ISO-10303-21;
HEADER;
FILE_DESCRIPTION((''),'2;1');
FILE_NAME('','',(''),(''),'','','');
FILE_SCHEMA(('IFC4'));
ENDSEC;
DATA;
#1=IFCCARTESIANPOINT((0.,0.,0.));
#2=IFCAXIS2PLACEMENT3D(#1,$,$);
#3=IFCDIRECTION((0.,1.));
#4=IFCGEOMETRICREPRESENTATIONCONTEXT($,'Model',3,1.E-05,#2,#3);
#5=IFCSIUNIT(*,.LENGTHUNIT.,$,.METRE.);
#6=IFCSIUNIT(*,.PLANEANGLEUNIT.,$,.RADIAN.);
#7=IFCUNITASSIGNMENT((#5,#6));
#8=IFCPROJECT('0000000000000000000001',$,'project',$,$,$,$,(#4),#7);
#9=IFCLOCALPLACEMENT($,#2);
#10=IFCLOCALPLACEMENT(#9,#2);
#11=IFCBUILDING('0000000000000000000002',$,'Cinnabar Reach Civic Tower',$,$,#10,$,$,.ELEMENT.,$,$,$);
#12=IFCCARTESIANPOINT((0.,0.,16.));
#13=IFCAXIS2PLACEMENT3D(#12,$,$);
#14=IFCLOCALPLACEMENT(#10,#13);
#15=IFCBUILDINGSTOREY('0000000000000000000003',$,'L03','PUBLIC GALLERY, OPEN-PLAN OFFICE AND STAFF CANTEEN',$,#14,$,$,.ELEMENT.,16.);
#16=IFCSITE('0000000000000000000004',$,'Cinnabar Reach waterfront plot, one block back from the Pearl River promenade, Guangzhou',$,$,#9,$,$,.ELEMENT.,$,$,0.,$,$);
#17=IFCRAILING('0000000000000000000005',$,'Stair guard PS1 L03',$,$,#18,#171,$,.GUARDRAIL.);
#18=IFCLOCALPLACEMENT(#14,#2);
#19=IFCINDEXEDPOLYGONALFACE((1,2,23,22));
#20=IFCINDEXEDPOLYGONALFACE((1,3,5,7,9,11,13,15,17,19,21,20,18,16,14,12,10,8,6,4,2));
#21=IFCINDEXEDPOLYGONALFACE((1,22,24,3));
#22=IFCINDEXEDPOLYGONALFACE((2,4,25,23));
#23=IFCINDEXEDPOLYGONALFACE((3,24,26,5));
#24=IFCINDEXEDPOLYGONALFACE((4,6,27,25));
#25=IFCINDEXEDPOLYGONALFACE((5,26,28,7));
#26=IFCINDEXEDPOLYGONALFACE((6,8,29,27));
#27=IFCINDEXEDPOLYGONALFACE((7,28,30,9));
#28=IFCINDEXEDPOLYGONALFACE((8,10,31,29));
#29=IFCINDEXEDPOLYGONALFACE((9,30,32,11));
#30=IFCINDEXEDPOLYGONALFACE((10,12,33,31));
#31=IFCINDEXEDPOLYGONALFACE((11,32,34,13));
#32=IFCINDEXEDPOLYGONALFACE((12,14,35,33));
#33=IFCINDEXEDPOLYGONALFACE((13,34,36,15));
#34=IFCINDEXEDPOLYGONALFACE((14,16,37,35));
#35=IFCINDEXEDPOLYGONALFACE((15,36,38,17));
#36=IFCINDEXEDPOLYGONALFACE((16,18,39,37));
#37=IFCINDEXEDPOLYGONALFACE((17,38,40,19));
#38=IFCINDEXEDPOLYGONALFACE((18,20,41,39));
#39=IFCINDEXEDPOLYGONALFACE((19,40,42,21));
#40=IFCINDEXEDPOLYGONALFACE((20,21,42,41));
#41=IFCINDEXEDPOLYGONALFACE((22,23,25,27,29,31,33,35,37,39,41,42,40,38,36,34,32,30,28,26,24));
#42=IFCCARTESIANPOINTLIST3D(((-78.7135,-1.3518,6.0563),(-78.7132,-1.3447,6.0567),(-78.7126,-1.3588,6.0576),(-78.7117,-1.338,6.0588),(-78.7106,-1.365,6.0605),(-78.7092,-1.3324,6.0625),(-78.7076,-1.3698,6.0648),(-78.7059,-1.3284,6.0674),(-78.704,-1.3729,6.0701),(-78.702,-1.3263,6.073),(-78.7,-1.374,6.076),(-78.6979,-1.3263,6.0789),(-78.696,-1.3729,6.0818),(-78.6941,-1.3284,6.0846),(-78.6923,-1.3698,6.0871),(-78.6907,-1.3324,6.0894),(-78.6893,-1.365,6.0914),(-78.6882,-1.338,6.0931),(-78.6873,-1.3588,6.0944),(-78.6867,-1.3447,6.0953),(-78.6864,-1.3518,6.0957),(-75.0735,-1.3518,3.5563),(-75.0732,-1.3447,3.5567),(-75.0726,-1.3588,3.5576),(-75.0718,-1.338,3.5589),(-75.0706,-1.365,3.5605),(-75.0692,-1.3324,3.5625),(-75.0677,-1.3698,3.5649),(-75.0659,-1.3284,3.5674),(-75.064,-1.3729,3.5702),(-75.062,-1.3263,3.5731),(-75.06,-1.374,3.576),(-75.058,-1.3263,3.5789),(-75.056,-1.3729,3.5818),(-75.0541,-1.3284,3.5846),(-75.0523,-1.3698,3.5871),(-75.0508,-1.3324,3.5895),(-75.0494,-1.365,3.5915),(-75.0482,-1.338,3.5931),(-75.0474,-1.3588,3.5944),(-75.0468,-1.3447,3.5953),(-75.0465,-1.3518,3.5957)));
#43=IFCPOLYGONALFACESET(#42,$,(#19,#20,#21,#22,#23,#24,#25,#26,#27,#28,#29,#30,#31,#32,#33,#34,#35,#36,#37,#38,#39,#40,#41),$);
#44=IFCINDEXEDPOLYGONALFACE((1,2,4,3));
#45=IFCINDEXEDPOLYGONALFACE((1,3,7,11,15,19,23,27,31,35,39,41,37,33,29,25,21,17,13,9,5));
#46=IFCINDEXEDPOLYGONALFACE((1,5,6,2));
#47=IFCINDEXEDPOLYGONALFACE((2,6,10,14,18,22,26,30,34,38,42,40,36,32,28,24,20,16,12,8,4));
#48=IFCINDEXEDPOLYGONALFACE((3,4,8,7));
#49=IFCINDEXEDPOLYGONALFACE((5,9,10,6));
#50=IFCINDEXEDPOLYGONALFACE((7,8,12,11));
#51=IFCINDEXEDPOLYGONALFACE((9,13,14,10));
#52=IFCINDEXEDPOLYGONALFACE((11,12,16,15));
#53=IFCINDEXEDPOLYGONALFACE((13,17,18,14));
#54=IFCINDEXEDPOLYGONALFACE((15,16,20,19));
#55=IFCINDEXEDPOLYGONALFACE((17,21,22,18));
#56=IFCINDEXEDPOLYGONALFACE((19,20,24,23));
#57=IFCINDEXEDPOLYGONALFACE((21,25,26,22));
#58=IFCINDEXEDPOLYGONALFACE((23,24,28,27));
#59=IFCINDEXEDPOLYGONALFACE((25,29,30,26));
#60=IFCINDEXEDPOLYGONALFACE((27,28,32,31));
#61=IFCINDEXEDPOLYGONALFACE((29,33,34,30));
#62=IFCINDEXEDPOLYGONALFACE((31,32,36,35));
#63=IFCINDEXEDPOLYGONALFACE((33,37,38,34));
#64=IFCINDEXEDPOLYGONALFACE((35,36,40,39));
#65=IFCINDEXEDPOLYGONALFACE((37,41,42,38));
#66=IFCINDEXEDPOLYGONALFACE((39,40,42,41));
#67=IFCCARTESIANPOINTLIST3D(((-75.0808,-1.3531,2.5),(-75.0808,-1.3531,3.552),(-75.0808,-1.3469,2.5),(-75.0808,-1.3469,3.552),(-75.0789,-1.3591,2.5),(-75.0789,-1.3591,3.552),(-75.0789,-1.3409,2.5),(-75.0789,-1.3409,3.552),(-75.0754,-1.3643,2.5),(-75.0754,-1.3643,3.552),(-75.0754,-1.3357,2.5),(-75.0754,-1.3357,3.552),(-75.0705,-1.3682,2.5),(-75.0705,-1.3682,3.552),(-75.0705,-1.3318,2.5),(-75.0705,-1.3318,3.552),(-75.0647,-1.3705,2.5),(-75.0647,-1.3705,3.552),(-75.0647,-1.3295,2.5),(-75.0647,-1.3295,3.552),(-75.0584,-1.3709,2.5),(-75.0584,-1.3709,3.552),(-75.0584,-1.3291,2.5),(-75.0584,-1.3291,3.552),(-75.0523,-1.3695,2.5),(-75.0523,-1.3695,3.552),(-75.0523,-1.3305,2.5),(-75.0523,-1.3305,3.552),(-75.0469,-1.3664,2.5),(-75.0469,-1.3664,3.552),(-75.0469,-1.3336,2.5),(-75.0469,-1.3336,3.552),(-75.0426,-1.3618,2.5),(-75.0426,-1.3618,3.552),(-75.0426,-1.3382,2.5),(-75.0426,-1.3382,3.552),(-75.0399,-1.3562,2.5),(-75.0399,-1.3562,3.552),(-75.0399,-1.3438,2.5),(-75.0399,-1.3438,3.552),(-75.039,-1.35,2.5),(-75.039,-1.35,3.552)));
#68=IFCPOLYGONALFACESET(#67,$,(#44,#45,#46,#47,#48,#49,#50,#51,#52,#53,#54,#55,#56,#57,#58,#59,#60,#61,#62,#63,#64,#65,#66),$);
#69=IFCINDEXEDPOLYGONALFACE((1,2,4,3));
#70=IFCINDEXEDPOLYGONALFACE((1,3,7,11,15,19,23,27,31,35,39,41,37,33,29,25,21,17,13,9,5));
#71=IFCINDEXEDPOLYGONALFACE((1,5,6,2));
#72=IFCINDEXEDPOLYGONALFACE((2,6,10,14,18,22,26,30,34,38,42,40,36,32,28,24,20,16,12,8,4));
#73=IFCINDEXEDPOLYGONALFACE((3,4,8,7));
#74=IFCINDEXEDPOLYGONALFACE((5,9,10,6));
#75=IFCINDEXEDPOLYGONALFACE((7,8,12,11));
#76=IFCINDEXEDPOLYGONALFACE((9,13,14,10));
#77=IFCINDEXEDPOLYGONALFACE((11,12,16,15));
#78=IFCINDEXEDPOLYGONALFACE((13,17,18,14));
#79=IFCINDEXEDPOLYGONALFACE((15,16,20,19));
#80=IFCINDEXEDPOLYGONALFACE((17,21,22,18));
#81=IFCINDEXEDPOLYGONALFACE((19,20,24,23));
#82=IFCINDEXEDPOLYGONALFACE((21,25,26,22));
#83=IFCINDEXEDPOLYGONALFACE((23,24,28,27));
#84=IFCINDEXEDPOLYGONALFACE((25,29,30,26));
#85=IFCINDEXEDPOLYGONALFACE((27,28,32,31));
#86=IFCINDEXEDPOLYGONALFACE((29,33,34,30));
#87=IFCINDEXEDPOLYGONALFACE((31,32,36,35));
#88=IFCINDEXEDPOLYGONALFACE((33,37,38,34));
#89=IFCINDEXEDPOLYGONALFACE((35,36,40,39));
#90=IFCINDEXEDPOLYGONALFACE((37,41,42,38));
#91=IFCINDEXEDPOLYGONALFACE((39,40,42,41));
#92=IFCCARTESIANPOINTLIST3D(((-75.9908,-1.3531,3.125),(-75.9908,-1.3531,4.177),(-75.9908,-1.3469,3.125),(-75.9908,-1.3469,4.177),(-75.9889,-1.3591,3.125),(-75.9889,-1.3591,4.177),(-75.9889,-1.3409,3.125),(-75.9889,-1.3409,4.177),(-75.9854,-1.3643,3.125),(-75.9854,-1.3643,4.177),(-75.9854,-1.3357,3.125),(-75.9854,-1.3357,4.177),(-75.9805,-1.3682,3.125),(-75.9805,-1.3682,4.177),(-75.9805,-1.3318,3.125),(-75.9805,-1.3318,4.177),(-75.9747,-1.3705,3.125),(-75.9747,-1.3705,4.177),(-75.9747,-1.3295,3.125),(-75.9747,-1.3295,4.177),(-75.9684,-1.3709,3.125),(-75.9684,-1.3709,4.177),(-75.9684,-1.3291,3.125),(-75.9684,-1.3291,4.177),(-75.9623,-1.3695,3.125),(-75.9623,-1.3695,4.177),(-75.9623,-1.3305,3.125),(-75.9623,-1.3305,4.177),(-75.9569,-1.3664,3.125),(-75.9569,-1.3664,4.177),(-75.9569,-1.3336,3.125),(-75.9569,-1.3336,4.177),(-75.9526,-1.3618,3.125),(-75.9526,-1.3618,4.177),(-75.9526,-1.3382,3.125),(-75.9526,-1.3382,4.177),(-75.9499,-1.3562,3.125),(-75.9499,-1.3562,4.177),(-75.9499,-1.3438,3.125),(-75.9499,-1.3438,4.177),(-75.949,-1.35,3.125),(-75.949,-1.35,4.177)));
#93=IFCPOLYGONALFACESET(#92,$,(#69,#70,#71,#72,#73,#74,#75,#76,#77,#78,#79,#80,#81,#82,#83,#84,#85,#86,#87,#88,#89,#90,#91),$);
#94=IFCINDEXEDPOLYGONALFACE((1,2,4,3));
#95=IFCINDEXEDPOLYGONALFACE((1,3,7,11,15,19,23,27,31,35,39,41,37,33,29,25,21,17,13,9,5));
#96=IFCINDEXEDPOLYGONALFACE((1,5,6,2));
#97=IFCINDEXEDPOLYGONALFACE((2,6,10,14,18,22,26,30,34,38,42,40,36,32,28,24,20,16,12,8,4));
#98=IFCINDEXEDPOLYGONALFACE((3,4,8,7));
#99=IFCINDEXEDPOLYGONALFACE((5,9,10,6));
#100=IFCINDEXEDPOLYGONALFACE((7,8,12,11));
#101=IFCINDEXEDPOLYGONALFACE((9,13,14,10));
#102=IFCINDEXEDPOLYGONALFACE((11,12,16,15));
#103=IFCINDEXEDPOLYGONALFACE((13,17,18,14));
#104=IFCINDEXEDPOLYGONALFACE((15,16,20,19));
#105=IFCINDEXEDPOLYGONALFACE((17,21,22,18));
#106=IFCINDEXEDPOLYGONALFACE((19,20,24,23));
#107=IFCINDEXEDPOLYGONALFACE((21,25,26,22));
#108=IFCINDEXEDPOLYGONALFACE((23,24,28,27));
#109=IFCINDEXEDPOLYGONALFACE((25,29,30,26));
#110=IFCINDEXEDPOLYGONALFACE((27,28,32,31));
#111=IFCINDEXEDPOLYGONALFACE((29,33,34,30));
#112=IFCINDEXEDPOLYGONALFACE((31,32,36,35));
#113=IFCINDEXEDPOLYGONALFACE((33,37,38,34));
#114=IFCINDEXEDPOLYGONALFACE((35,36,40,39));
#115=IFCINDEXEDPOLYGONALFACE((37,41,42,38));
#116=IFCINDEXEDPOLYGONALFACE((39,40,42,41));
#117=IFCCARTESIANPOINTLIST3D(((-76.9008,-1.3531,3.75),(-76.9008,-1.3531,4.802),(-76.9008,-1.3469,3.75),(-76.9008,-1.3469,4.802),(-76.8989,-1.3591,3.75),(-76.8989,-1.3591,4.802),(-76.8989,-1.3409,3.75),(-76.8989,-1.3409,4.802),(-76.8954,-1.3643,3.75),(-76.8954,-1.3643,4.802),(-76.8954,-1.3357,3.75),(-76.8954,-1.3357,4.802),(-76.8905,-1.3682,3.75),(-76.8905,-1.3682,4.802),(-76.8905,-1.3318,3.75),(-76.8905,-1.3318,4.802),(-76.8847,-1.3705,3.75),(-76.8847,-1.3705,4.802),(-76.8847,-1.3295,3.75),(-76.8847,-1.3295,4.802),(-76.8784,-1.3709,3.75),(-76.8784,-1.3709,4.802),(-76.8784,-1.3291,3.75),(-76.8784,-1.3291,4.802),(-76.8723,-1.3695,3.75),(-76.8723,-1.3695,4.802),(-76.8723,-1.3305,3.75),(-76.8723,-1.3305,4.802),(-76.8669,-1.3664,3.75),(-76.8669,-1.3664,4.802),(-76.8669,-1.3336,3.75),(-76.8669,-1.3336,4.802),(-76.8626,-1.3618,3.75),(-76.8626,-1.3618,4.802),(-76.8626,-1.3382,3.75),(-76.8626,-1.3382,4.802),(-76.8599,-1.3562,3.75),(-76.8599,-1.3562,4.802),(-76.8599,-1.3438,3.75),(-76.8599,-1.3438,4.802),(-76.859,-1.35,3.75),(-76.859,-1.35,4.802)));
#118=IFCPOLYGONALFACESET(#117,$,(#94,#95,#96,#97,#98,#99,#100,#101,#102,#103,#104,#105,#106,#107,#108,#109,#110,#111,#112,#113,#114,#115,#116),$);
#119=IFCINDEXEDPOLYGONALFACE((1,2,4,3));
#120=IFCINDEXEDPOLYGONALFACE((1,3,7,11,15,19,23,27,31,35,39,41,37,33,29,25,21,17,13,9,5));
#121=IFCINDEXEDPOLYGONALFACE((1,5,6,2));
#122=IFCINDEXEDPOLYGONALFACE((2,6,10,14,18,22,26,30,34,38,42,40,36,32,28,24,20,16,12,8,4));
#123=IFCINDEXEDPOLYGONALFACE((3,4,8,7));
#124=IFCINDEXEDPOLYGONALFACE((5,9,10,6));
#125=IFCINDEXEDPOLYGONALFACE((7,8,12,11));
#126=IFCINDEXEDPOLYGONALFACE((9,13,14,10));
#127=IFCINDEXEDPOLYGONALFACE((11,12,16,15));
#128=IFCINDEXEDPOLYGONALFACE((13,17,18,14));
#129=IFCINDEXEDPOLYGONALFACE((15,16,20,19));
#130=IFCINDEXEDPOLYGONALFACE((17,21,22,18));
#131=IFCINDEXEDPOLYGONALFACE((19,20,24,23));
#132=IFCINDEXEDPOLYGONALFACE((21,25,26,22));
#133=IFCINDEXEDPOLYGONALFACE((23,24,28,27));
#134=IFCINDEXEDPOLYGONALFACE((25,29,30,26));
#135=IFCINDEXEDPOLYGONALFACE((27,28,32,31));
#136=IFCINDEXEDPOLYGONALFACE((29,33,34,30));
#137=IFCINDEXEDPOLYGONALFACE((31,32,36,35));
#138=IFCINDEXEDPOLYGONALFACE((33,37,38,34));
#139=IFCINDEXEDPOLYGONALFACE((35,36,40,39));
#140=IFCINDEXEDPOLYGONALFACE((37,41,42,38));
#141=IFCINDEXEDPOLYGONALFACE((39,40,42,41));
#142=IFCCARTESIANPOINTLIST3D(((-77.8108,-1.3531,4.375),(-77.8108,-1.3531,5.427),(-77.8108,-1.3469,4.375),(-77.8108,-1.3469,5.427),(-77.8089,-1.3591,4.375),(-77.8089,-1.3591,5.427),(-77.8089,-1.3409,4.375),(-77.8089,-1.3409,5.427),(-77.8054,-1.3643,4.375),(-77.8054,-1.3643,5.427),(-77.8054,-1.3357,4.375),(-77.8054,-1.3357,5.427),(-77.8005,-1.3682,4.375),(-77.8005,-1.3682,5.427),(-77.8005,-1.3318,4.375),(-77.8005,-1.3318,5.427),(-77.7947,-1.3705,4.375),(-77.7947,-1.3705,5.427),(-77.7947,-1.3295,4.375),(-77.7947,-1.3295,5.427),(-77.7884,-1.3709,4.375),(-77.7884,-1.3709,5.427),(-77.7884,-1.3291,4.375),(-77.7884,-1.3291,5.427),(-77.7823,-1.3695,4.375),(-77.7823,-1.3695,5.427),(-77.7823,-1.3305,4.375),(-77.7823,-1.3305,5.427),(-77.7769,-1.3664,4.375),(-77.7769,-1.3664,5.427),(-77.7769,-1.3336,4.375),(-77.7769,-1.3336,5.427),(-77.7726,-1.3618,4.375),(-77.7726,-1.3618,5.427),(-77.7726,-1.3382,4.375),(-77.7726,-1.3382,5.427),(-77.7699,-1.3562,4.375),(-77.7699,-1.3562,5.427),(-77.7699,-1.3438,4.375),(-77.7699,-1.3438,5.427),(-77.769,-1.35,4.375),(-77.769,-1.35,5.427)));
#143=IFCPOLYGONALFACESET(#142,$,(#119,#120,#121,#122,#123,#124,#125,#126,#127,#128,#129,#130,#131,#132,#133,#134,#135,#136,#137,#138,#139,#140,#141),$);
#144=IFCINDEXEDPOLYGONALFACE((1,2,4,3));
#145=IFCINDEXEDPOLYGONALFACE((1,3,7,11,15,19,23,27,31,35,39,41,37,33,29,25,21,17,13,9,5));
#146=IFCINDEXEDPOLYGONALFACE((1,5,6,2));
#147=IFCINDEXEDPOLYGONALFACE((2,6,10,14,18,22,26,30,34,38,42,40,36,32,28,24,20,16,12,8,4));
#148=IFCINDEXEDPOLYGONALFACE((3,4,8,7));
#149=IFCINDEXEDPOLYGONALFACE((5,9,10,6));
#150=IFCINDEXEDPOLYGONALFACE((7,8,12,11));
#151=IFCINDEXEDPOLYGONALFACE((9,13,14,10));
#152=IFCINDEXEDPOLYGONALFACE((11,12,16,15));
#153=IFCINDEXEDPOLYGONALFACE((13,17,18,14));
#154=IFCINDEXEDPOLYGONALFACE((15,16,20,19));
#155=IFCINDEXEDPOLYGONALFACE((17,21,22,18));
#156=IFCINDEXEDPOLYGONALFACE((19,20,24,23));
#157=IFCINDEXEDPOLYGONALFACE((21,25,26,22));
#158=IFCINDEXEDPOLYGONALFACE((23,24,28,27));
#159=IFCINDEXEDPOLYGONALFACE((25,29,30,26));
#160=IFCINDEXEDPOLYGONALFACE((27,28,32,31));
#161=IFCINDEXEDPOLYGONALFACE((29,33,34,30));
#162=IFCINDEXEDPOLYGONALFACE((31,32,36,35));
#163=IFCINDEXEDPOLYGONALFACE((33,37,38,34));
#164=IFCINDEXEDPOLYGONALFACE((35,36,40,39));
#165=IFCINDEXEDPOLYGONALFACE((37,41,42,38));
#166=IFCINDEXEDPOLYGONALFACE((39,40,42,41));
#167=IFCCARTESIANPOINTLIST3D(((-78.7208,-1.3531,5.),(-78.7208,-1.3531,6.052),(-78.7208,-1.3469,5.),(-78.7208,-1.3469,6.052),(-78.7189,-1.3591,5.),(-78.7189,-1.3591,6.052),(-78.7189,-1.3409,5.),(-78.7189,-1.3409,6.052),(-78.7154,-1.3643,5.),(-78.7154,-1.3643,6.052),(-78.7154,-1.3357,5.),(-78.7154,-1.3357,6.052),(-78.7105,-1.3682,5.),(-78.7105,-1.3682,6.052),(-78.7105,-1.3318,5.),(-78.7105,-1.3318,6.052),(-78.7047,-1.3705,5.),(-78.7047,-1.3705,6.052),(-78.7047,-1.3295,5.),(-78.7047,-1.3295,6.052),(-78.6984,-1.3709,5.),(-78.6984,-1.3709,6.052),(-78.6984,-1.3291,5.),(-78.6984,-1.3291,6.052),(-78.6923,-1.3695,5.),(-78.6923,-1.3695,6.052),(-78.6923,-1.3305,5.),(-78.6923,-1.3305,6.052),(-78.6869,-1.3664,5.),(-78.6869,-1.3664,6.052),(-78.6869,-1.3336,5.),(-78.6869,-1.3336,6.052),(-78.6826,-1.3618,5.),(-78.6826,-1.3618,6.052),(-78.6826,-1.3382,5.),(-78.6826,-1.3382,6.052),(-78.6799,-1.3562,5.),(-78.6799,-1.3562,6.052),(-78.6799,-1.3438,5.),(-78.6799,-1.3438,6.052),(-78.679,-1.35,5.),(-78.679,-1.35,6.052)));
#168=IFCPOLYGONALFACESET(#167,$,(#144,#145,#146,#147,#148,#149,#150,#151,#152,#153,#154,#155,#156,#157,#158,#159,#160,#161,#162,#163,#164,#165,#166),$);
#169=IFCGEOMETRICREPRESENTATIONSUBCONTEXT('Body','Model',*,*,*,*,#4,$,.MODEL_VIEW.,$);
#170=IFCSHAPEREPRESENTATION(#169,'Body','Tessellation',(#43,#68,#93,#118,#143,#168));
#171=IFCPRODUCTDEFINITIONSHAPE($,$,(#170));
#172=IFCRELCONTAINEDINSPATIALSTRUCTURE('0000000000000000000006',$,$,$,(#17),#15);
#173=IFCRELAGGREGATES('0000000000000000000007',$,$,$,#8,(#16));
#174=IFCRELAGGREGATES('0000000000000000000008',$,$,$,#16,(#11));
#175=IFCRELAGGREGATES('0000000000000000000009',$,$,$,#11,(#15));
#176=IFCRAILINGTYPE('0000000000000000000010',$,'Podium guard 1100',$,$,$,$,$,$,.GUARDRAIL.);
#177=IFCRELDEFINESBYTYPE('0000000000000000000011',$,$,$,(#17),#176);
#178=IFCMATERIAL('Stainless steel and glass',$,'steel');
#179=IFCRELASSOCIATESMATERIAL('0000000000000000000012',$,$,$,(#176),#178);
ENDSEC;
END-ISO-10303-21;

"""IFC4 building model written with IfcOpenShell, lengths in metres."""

from ifc_helpers import new_model, si_unit, direction, frame, origin, origin_2d, place, context, subcontext, project, spatial, circle, extrude, material, type_object, element, save


model = new_model("IFC4")

# Units and contexts
model_context = context("Model", 3, precision=1e-05, world=origin(), true_north=direction((0.0, 1.0)))
body_context = subcontext(model_context, "Body", "Model", "MODEL_VIEW")
ifc_project = project(units=[si_unit("LENGTHUNIT", "METRE"), si_unit("PLANEANGLEUNIT", "RADIAN")], contexts=[model_context])

# Site, building, storey
site_placement = place(None, origin())
site = spatial("IfcSite", under=ifc_project, at=site_placement, Name="Cinnabar Reach waterfront plot, one block back from the Pearl River promenade, Guangzhou", CompositionType="ELEMENT", RefElevation=0.0)
building_placement = place(site_placement, origin())
building = spatial("IfcBuilding", under=site, at=building_placement, Name="Cinnabar Reach Civic Tower", CompositionType="ELEMENT")
storey_placement = place(building_placement, frame((0.0, 0.0, 16.0)))
storey = spatial("IfcBuildingStorey", under=building, at=storey_placement, Name="L03", Description="PUBLIC GALLERY, OPEN-PLAN OFFICE AND STAFF CANTEEN", CompositionType="ELEMENT", Elevation=16.0)

# Railing
ifc_material_1 = material(Name="Stainless steel and glass", Category="steel")
railing_type_1 = type_object("IfcRailingType", Name="Podium guard 1100", PredefinedType="GUARDRAIL", material=ifc_material_1)
railing_1_placement = place(storey_placement, frame((-75.06, -1.35, 2.5)))
element("IfcRailing", 1, at=railing_1_placement, inside=storey, type_object=railing_type_1, Name="Stair guard PS1 L03", PredefinedType="GUARDRAIL", context=body_context, shape_type="SweptSolid", body=[
    extrude(circle(Radius=0.024, at=origin_2d()), frame((0.0, 0.0, 1.076), z_axis=(-0.824306, 0.0, 0.566144), x_axis=(0.0, -1.0, 0.0)), (0.0, 0.0, 1.0), 4.4158),
    extrude(circle(Radius=0.021, at=origin_2d()), origin(), (0.0, 0.0, 1.0), 1.052),
    extrude(circle(Radius=0.021, at=origin_2d()), frame((-0.91, 0.0, 0.625)), (0.0, 0.0, 1.0), 1.052),
    extrude(circle(Radius=0.021, at=origin_2d()), frame((-1.82, 0.0, 1.25)), (0.0, 0.0, 1.0), 1.052),
    extrude(circle(Radius=0.021, at=origin_2d()), frame((-2.73, 0.0, 1.875)), (0.0, 0.0, 1.0), 1.052),
    extrude(circle(Radius=0.021, at=origin_2d()), frame((-3.64, 0.0, 2.5)), (0.0, 0.0, 1.0), 1.052),
])

save(model, "model.ifc")
